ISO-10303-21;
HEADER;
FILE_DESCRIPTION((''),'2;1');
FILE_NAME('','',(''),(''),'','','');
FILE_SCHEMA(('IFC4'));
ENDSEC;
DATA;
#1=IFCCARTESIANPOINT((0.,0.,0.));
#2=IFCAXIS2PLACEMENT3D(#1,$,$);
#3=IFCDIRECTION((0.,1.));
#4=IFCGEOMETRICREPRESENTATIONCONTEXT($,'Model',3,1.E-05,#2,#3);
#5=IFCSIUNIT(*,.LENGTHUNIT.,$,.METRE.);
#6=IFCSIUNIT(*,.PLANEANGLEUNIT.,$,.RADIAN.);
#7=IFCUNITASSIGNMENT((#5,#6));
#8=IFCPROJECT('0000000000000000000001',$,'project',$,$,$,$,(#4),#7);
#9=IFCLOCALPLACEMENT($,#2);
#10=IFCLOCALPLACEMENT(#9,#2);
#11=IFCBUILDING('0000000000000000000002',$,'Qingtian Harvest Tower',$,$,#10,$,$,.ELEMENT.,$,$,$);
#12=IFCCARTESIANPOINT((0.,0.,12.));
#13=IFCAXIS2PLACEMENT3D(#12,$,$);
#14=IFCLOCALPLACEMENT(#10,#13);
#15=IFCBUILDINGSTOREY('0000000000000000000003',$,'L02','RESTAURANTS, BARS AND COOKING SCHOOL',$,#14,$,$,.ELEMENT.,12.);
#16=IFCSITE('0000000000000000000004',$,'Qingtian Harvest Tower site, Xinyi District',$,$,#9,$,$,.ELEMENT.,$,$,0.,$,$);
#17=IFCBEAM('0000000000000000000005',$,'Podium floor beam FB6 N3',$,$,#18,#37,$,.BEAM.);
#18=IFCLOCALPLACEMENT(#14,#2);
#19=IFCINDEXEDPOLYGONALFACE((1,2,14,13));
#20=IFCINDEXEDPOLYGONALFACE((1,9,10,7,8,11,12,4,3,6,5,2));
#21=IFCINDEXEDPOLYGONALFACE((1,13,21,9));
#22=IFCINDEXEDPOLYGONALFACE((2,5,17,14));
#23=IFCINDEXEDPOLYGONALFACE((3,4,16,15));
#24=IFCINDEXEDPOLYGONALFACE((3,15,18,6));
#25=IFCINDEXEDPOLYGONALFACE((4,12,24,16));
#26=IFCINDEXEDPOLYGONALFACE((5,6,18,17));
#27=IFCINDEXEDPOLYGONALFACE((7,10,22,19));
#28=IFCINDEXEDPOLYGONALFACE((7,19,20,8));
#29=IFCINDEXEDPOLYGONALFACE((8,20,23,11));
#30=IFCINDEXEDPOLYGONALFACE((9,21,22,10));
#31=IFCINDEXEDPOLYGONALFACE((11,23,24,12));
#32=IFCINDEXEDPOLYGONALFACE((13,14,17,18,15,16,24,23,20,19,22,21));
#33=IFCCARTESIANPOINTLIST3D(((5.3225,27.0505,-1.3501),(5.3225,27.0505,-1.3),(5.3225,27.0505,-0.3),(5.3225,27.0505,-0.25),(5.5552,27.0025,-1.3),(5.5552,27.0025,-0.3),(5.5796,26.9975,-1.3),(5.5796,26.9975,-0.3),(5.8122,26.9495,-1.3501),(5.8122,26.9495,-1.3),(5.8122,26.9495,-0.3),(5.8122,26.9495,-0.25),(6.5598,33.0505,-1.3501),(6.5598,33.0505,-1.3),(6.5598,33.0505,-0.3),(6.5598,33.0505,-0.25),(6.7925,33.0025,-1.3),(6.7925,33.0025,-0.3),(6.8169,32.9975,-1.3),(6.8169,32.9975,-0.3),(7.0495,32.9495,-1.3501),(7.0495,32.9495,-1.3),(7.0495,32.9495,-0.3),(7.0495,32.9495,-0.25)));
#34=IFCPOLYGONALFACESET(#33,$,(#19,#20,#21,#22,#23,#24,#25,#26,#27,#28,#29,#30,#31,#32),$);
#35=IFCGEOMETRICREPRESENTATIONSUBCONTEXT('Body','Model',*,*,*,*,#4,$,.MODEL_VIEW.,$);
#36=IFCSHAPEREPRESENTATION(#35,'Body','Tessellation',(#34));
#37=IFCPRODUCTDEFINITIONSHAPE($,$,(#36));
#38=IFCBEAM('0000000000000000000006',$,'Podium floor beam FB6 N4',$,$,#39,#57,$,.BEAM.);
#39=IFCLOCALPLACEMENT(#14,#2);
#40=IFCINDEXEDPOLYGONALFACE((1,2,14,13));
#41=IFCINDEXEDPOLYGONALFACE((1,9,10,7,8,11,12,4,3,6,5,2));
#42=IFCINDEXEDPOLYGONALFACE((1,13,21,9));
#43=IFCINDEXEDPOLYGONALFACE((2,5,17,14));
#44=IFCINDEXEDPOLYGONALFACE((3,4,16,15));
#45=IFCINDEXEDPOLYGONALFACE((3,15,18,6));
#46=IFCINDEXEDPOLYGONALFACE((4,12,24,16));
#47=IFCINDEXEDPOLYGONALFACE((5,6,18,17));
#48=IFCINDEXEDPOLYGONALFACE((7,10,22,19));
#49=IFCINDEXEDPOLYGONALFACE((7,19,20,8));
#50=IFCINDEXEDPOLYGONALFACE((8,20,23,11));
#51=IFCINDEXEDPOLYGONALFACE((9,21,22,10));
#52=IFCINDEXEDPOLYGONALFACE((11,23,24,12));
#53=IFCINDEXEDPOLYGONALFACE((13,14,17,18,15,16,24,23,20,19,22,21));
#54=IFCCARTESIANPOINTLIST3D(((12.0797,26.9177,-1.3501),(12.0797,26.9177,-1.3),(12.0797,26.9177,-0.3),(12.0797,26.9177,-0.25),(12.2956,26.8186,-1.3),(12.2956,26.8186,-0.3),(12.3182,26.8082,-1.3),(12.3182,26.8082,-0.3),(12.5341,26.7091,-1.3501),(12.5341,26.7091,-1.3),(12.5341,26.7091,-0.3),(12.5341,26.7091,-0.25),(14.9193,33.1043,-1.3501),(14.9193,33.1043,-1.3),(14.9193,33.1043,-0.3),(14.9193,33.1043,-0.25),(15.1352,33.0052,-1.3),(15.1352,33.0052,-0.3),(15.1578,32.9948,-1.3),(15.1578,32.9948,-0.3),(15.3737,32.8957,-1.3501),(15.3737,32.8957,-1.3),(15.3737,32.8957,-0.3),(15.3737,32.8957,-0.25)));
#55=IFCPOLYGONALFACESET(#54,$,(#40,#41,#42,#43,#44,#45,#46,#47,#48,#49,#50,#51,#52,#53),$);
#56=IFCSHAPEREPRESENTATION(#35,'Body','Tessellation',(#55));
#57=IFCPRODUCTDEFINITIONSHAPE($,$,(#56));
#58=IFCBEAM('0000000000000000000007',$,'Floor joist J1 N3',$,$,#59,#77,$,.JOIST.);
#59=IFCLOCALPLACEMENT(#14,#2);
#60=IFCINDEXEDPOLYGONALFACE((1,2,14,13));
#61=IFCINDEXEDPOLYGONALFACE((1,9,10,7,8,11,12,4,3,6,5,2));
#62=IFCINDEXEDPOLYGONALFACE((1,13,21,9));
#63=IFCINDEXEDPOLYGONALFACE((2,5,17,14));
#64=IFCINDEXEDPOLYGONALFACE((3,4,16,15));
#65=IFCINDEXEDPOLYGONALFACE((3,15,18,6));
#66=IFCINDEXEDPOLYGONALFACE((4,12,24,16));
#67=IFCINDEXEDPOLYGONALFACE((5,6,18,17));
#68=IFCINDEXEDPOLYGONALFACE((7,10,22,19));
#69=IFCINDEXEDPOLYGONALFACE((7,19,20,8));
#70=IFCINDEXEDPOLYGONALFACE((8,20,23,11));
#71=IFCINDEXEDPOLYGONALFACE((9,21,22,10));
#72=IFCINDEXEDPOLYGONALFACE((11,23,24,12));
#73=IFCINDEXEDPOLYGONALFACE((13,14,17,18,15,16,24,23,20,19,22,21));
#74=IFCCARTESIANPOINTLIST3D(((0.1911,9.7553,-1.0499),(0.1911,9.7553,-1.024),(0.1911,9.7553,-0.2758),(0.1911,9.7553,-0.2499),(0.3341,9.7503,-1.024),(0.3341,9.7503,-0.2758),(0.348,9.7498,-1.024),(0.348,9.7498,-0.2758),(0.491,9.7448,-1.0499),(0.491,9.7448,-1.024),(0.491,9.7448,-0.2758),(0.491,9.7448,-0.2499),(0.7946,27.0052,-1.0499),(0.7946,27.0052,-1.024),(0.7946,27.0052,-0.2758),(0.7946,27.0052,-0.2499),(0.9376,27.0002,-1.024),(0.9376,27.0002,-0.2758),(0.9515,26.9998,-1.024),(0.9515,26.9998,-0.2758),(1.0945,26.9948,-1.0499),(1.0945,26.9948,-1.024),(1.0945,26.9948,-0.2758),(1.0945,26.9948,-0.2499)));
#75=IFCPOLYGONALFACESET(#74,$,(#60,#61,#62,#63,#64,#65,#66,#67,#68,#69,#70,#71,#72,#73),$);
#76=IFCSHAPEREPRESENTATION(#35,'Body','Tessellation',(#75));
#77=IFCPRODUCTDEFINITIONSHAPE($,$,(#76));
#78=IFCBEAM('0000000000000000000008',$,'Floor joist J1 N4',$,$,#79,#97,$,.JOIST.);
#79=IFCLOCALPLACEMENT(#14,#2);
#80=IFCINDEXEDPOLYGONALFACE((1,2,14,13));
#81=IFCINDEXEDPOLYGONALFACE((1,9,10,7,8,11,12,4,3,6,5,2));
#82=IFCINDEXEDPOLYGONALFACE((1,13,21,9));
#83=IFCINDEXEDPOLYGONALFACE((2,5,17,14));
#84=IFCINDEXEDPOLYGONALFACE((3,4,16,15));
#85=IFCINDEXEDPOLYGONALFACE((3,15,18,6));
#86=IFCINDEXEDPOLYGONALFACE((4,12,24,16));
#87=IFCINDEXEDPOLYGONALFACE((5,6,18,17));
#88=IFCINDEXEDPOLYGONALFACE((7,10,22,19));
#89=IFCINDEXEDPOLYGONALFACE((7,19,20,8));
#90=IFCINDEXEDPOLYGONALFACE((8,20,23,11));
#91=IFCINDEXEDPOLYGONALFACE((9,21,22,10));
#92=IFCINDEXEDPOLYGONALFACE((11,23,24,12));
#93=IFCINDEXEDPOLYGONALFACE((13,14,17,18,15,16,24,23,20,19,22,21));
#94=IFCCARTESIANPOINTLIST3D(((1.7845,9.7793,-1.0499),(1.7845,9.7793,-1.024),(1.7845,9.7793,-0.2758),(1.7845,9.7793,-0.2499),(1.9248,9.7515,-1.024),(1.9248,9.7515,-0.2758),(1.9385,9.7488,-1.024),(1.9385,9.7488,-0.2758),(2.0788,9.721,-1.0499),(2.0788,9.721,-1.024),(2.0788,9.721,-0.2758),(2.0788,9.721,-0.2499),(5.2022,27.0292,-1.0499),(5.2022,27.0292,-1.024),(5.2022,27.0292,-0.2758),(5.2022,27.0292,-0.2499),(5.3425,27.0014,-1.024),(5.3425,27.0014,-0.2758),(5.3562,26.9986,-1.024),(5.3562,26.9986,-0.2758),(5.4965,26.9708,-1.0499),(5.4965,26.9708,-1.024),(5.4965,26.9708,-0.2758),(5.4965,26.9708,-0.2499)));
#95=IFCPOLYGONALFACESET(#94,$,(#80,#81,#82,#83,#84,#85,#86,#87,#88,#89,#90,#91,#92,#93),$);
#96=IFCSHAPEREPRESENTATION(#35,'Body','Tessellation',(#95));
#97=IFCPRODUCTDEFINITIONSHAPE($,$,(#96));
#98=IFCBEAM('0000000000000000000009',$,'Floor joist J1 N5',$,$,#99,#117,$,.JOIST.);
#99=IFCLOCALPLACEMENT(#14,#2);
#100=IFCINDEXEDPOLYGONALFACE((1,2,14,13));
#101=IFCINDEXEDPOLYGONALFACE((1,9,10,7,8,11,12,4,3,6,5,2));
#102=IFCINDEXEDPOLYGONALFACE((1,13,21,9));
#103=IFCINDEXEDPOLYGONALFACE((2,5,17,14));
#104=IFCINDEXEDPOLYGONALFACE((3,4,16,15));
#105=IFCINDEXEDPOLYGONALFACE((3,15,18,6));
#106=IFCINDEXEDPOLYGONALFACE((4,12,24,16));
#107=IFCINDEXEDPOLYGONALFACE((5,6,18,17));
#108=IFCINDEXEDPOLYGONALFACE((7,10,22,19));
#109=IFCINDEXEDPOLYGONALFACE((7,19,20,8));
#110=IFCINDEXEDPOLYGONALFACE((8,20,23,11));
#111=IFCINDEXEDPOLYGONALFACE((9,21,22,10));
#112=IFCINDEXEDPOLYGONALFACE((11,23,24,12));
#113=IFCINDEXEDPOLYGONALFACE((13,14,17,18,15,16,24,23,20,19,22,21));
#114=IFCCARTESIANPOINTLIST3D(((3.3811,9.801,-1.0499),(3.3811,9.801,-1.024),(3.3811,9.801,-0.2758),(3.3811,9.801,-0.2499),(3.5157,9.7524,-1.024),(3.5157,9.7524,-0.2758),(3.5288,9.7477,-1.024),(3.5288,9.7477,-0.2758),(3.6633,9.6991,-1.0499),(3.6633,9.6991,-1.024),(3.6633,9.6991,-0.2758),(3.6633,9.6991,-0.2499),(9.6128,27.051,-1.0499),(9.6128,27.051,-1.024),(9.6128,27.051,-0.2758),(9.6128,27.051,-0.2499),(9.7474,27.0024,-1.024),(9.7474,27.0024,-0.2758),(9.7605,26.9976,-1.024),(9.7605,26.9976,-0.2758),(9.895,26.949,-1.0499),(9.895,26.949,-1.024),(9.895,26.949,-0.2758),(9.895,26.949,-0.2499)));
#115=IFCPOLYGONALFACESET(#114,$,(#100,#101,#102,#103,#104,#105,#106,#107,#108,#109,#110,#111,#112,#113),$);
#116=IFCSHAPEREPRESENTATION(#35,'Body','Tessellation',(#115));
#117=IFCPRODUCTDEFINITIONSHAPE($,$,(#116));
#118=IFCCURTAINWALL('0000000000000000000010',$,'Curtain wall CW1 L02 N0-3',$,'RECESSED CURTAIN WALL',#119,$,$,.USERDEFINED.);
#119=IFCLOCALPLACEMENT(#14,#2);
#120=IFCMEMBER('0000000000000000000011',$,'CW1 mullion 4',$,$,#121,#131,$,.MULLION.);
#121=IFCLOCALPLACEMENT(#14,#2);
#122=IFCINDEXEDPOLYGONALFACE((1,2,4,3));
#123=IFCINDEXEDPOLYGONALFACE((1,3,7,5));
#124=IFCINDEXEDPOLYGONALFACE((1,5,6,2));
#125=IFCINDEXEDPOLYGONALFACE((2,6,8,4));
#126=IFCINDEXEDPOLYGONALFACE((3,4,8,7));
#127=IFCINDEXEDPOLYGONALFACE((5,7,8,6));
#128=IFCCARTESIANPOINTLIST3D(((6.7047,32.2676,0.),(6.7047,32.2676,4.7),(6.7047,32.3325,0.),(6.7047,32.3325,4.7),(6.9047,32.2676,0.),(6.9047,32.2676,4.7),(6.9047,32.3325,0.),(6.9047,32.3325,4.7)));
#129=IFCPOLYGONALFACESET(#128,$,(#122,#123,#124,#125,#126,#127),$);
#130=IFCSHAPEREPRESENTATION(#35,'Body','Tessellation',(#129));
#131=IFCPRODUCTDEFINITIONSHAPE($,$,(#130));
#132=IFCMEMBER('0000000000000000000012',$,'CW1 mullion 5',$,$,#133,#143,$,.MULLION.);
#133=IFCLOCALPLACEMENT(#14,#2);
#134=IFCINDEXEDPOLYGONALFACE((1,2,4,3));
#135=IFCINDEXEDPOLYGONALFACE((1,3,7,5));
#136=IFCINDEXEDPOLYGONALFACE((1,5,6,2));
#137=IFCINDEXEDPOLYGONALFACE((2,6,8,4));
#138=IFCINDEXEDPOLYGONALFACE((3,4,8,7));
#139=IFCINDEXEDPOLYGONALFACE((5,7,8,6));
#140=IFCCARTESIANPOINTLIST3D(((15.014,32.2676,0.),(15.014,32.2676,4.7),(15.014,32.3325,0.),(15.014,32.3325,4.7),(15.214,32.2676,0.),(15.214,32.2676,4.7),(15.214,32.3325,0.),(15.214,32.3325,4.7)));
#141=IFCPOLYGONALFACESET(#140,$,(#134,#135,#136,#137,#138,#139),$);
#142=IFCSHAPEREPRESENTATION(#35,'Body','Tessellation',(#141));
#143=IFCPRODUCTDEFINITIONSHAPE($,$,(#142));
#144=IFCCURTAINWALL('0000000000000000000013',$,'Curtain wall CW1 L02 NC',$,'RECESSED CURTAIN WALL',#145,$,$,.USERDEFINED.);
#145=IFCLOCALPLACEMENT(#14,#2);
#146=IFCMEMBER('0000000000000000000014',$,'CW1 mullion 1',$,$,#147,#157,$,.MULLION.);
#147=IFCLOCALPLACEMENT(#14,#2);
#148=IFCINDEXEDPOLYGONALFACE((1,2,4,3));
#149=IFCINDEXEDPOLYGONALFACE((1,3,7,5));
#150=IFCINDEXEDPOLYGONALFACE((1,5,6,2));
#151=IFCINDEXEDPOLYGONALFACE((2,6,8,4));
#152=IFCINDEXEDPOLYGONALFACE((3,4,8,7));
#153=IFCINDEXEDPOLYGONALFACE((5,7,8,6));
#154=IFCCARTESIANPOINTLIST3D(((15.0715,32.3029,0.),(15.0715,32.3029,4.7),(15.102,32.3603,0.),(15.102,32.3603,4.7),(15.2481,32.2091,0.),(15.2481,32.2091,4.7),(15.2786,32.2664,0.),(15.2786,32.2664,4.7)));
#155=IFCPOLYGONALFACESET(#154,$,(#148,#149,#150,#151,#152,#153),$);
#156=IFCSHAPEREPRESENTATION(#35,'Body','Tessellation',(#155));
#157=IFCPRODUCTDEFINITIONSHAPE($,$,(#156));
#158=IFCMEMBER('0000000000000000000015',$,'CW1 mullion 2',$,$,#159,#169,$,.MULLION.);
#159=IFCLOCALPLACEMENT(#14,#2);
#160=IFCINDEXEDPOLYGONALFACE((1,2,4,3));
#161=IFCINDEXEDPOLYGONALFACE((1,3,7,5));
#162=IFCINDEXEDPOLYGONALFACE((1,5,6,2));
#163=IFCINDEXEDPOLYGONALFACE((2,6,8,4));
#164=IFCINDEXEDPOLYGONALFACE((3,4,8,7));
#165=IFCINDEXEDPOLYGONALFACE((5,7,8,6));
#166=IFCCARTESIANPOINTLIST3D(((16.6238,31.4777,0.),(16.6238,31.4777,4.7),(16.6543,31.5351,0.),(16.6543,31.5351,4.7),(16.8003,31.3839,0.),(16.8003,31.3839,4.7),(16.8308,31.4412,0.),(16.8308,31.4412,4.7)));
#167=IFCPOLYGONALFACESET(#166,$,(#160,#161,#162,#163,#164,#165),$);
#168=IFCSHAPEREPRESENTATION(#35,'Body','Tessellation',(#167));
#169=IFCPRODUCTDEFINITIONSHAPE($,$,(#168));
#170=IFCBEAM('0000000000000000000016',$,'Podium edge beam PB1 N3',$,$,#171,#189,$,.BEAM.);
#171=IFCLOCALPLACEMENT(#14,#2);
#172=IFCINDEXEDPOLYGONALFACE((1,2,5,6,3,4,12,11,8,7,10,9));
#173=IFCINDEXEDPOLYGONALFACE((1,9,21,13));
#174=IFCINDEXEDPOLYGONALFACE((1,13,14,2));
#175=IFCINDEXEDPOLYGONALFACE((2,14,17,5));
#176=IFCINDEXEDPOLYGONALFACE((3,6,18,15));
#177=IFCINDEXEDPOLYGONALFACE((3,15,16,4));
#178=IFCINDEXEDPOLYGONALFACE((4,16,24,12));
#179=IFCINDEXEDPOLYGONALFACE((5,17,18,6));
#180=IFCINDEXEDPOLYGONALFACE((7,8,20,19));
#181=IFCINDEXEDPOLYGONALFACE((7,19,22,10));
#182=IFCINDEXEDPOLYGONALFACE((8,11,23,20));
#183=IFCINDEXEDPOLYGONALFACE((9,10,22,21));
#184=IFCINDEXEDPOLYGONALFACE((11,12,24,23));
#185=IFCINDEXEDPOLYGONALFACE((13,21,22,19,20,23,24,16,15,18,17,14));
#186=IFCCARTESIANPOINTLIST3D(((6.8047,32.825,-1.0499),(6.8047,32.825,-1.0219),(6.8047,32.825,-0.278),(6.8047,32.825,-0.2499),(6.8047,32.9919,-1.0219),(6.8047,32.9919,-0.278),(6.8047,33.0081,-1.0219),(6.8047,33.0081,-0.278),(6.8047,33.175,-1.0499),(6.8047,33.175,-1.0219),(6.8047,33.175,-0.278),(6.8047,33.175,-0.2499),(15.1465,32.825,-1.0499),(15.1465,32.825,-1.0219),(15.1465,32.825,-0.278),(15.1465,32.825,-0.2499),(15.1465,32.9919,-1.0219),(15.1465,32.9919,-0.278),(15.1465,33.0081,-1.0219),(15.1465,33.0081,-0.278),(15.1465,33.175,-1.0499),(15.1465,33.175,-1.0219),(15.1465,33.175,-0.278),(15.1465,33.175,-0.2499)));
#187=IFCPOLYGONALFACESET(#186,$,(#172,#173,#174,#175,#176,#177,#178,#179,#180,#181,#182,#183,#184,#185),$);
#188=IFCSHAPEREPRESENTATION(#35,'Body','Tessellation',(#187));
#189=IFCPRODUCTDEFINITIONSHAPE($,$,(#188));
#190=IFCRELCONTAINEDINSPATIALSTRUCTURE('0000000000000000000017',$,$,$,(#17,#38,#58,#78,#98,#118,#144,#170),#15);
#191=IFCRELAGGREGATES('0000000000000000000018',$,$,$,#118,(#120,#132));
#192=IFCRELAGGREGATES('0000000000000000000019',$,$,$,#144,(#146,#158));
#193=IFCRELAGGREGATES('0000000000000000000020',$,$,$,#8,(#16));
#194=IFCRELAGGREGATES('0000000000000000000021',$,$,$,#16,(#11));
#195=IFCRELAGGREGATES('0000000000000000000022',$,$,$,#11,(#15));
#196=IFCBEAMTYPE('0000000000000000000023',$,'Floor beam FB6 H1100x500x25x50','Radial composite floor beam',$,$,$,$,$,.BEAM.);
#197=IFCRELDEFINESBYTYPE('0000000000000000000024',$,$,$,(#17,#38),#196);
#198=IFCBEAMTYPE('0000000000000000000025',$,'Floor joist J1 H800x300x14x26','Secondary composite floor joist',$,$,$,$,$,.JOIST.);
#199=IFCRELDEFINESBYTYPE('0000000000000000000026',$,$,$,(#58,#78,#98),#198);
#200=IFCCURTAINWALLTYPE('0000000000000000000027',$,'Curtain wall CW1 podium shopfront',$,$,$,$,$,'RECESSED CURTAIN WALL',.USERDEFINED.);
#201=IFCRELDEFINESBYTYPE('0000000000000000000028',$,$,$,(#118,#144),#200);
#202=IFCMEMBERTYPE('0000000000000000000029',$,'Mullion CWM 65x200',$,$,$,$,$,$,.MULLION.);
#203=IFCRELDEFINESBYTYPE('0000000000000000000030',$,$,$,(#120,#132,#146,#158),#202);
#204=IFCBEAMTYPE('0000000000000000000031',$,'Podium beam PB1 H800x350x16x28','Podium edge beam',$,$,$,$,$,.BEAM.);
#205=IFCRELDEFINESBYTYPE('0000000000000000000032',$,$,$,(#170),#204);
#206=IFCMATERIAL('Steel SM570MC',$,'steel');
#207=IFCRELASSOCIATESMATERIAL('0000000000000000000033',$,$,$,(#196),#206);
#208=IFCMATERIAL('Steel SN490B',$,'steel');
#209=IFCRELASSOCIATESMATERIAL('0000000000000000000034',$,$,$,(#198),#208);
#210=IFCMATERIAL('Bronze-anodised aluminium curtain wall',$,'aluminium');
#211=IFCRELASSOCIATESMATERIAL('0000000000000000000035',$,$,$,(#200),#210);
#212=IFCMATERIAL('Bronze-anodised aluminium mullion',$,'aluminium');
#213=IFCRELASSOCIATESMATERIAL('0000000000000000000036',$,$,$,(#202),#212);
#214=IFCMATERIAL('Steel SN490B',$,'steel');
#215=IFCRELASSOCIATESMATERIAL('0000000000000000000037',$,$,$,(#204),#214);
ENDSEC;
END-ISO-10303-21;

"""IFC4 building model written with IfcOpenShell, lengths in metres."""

from ifc_helpers import new_model, si_unit, direction, frame, origin, origin_2d, place, context, subcontext, project, spatial, rectangle, i_section, extrude, material, material_profile, profile_set, type_object, element, aggregate, save


model = new_model("IFC4")

# Units and contexts
model_context = context("Model", 3, precision=1e-05, world=origin(), true_north=direction((0.0, 1.0)))
body_context = subcontext(model_context, "Body", "Model", "MODEL_VIEW")
ifc_project = project(units=[si_unit("LENGTHUNIT", "METRE"), si_unit("PLANEANGLEUNIT", "RADIAN")], contexts=[model_context])

# Site, building, storey
site_placement = place(None, origin())
site = spatial("IfcSite", under=ifc_project, at=site_placement, Name="Qingtian Harvest Tower site, Xinyi District", CompositionType="ELEMENT", RefElevation=0.0)
building_placement = place(site_placement, origin())
building = spatial("IfcBuilding", under=site, at=building_placement, Name="Qingtian Harvest Tower", CompositionType="ELEMENT")
storey_placement = place(building_placement, frame((0.0, 0.0, 12.0)))
storey = spatial("IfcBuildingStorey", under=building, at=storey_placement, Name="L02", Description="RESTAURANTS, BARS AND COOKING SCHOOL", CompositionType="ELEMENT", Elevation=12.0)

# Beams
ifc_material_1 = material(Name="Steel SM570MC", Category="steel")
ifc_material_profile_1 = material_profile(ifc_material_1, i_section(OverallWidth=0.5, OverallDepth=1.1001, WebThickness=0.0249, FlangeThickness=0.05, at=origin_2d()), Name="H1100x500x25x50")
ifc_profile_set_1 = profile_set([ifc_material_profile_1], Name="Steel SM570MC")
beam_type_1 = type_object("IfcBeamType", Name="Floor beam FB6 H1100x500x25x50", Description="Radial composite floor beam", PredefinedType="BEAM", material=ifc_profile_set_1)
beam_1_placement = place(storey_placement, frame((6.8047, 33.0, -0.8), z_axis=(-0.201968, -0.979392, 0.0), x_axis=(0.979392, -0.201968, 0.0)))
element("IfcBeam", 1, at=beam_1_placement, inside=storey, type_object=beam_type_1, Name="Podium floor beam FB6 N3", PredefinedType="BEAM", context=body_context, shape_type="SweptSolid", body=[
    extrude(i_section(OverallWidth=0.5, OverallDepth=1.1001, WebThickness=0.0249, FlangeThickness=0.05, at=origin_2d()), origin(), (0.0, 0.0, 1.0), 6.1262),
])
beam_2_placement = place(storey_placement, frame((15.1465, 33.0, -0.8), z_axis=(-0.417154, -0.908836, 0.0), x_axis=(0.908836, -0.417154, 0.0)))
element("IfcBeam", 2, at=beam_2_placement, inside=storey, type_object=beam_type_1, Name="Podium floor beam FB6 N4", PredefinedType="BEAM", context=body_context, shape_type="SweptSolid", body=[
    extrude(i_section(OverallWidth=0.5, OverallDepth=1.1001, WebThickness=0.0249, FlangeThickness=0.05, at=origin_2d()), origin(), (0.0, 0.0, 1.0), 6.8071),
])
ifc_material_2 = material(Name="Steel SN490B", Category="steel")
ifc_material_profile_2 = material_profile(ifc_material_2, i_section(OverallWidth=0.3, OverallDepth=0.8, WebThickness=0.0139, FlangeThickness=0.0259, at=origin_2d()), Name="H800x300x14x26")
ifc_profile_set_2 = profile_set([ifc_material_profile_2], Name="Steel SN490B")
beam_type_2 = type_object("IfcBeamType", Name="Floor joist J1 H800x300x14x26", Description="Secondary composite floor joist", PredefinedType="JOIST", material=ifc_profile_set_2)
beam_3_placement = place(storey_placement, frame((0.9446, 27.0, -0.6499), z_axis=(-0.034965, -0.999389, 0.0), x_axis=(0.999389, -0.034965, 0.0)))
element("IfcBeam", 3, at=beam_3_placement, inside=storey, type_object=beam_type_2, Name="Floor joist J1 N3", PredefinedType="JOIST", context=body_context, shape_type="SweptSolid", body=[
    extrude(i_section(OverallWidth=0.3, OverallDepth=0.8, WebThickness=0.0139, FlangeThickness=0.0259, at=origin_2d()), origin(), (0.0, 0.0, 1.0), 17.2605),
])
beam_4_placement = place(storey_placement, frame((5.3494, 27.0, -0.6499), z_axis=(-0.194351, -0.980932, 0.0), x_axis=(0.980932, -0.194351, 0.0)))
element("IfcBeam", 4, at=beam_4_placement, inside=storey, type_object=beam_type_2, Name="Floor joist J1 N4", PredefinedType="JOIST", context=body_context, shape_type="SweptSolid", body=[
    extrude(i_section(OverallWidth=0.3, OverallDepth=0.8, WebThickness=0.0139, FlangeThickness=0.0259, at=origin_2d()), origin(), (0.0, 0.0, 1.0), 17.5852),
])
beam_5_placement = place(storey_placement, frame((9.7539, 27.0, -0.6499), z_axis=(-0.339766, -0.94051, 0.0), x_axis=(0.94051, -0.339766, 0.0)))
element("IfcBeam", 5, at=beam_5_placement, inside=storey, type_object=beam_type_2, Name="Floor joist J1 N5", PredefinedType="JOIST", context=body_context, shape_type="SweptSolid", body=[
    extrude(i_section(OverallWidth=0.3, OverallDepth=0.8, WebThickness=0.0139, FlangeThickness=0.0259, at=origin_2d()), origin(), (0.0, 0.0, 1.0), 18.3411),
])

# Curtain walls, members
ifc_material_3 = material(Name="Bronze-anodised aluminium curtain wall", Category="aluminium")
curtain_wall_type = type_object("IfcCurtainWallType", Name="Curtain wall CW1 podium shopfront", ElementType="RECESSED CURTAIN WALL", PredefinedType="USERDEFINED", material=ifc_material_3)
curtain_wall_1_placement = place(storey_placement, origin())
curtain_wall_1 = element("IfcCurtainWall", 6, at=curtain_wall_1_placement, inside=storey, type_object=curtain_wall_type, Name="Curtain wall CW1 L02 N0-3", ObjectType="RECESSED CURTAIN WALL", PredefinedType="USERDEFINED")
ifc_material_4 = material(Name="Bronze-anodised aluminium mullion", Category="aluminium")
ifc_material_profile_3 = material_profile(ifc_material_4, rectangle(XDim=0.0649, YDim=0.2, at=origin_2d()), Name="AL 65x200")
ifc_profile_set_3 = profile_set([ifc_material_profile_3], Name="Bronze-anodised aluminium mullion")
member_type_1 = type_object("IfcMemberType", Name="Mullion CWM 65x200", PredefinedType="MULLION", material=ifc_profile_set_3)
member_1_placement = place(storey_placement, frame((6.8047, 32.3, 0.0), z_axis=(0.0, 0.0, 1.0), x_axis=(0.0, 1.0, 0.0)))
member_1 = element("IfcMember", 7, at=member_1_placement, type_object=member_type_1, Name="CW1 mullion 4", PredefinedType="MULLION", context=body_context, shape_type="SweptSolid", body=[
    extrude(rectangle(XDim=0.0649, YDim=0.2, at=origin_2d()), origin(), (0.0, 0.0, 1.0), 4.7),
])
member_2_placement = place(storey_placement, frame((15.114, 32.3, 0.0), z_axis=(0.0, 0.0, 1.0), x_axis=(0.0, 1.0, 0.0)))
member_2 = element("IfcMember", 8, at=member_2_placement, type_object=member_type_1, Name="CW1 mullion 5", PredefinedType="MULLION", context=body_context, shape_type="SweptSolid", body=[
    extrude(rectangle(XDim=0.0649, YDim=0.2, at=origin_2d()), origin(), (0.0, 0.0, 1.0), 4.7),
])
curtain_wall_2_placement = place(storey_placement, origin())
curtain_wall_2 = element("IfcCurtainWall", 9, at=curtain_wall_2_placement, inside=storey, type_object=curtain_wall_type, Name="Curtain wall CW1 L02 NC", ObjectType="RECESSED CURTAIN WALL", PredefinedType="USERDEFINED")
member_3_placement = place(storey_placement, frame((15.175, 32.2847, 0.0), z_axis=(0.0, 0.0, 1.0), x_axis=(0.469472, 0.882948, 0.0)))
member_3 = element("IfcMember", 10, at=member_3_placement, type_object=member_type_1, Name="CW1 mullion 1", PredefinedType="MULLION", context=body_context, shape_type="SweptSolid", body=[
    extrude(rectangle(XDim=0.0649, YDim=0.2, at=origin_2d()), origin(), (0.0, 0.0, 1.0), 4.7),
])
member_4_placement = place(storey_placement, frame((16.7273, 31.4595, 0.0), z_axis=(0.0, 0.0, 1.0), x_axis=(0.469472, 0.882948, 0.0)))
member_4 = element("IfcMember", 11, at=member_4_placement, type_object=member_type_1, Name="CW1 mullion 2", PredefinedType="MULLION", context=body_context, shape_type="SweptSolid", body=[
    extrude(rectangle(XDim=0.0649, YDim=0.2, at=origin_2d()), origin(), (0.0, 0.0, 1.0), 4.7),
])

# Beam
ifc_material_5 = material(Name="Steel SN490B", Category="steel")
ifc_material_profile_4 = material_profile(ifc_material_5, i_section(OverallWidth=0.3501, OverallDepth=0.8, WebThickness=0.0161, FlangeThickness=0.0281, at=origin_2d()), Name="H800x350x16x28")
ifc_profile_set_4 = profile_set([ifc_material_profile_4], Name="Steel SN490B")
beam_type_3 = type_object("IfcBeamType", Name="Podium beam PB1 H800x350x16x28", Description="Podium edge beam", PredefinedType="BEAM", material=ifc_profile_set_4)
beam_6_placement = place(storey_placement, frame((6.8047, 33.0, -0.6499), z_axis=(1.0, 0.0, 0.0), x_axis=(0.0, 1.0, 0.0)))
element("IfcBeam", 12, at=beam_6_placement, inside=storey, type_object=beam_type_3, Name="Podium edge beam PB1 N3", PredefinedType="BEAM", context=body_context, shape_type="SweptSolid", body=[
    extrude(i_section(OverallWidth=0.3501, OverallDepth=0.8, WebThickness=0.0161, FlangeThickness=0.0281, at=origin_2d()), origin(), (0.0, 0.0, 1.0), 8.3418),
])

aggregate(curtain_wall_1, [member_1, member_2])
aggregate(curtain_wall_2, [member_3, member_4])

save(model, "model.ifc")
